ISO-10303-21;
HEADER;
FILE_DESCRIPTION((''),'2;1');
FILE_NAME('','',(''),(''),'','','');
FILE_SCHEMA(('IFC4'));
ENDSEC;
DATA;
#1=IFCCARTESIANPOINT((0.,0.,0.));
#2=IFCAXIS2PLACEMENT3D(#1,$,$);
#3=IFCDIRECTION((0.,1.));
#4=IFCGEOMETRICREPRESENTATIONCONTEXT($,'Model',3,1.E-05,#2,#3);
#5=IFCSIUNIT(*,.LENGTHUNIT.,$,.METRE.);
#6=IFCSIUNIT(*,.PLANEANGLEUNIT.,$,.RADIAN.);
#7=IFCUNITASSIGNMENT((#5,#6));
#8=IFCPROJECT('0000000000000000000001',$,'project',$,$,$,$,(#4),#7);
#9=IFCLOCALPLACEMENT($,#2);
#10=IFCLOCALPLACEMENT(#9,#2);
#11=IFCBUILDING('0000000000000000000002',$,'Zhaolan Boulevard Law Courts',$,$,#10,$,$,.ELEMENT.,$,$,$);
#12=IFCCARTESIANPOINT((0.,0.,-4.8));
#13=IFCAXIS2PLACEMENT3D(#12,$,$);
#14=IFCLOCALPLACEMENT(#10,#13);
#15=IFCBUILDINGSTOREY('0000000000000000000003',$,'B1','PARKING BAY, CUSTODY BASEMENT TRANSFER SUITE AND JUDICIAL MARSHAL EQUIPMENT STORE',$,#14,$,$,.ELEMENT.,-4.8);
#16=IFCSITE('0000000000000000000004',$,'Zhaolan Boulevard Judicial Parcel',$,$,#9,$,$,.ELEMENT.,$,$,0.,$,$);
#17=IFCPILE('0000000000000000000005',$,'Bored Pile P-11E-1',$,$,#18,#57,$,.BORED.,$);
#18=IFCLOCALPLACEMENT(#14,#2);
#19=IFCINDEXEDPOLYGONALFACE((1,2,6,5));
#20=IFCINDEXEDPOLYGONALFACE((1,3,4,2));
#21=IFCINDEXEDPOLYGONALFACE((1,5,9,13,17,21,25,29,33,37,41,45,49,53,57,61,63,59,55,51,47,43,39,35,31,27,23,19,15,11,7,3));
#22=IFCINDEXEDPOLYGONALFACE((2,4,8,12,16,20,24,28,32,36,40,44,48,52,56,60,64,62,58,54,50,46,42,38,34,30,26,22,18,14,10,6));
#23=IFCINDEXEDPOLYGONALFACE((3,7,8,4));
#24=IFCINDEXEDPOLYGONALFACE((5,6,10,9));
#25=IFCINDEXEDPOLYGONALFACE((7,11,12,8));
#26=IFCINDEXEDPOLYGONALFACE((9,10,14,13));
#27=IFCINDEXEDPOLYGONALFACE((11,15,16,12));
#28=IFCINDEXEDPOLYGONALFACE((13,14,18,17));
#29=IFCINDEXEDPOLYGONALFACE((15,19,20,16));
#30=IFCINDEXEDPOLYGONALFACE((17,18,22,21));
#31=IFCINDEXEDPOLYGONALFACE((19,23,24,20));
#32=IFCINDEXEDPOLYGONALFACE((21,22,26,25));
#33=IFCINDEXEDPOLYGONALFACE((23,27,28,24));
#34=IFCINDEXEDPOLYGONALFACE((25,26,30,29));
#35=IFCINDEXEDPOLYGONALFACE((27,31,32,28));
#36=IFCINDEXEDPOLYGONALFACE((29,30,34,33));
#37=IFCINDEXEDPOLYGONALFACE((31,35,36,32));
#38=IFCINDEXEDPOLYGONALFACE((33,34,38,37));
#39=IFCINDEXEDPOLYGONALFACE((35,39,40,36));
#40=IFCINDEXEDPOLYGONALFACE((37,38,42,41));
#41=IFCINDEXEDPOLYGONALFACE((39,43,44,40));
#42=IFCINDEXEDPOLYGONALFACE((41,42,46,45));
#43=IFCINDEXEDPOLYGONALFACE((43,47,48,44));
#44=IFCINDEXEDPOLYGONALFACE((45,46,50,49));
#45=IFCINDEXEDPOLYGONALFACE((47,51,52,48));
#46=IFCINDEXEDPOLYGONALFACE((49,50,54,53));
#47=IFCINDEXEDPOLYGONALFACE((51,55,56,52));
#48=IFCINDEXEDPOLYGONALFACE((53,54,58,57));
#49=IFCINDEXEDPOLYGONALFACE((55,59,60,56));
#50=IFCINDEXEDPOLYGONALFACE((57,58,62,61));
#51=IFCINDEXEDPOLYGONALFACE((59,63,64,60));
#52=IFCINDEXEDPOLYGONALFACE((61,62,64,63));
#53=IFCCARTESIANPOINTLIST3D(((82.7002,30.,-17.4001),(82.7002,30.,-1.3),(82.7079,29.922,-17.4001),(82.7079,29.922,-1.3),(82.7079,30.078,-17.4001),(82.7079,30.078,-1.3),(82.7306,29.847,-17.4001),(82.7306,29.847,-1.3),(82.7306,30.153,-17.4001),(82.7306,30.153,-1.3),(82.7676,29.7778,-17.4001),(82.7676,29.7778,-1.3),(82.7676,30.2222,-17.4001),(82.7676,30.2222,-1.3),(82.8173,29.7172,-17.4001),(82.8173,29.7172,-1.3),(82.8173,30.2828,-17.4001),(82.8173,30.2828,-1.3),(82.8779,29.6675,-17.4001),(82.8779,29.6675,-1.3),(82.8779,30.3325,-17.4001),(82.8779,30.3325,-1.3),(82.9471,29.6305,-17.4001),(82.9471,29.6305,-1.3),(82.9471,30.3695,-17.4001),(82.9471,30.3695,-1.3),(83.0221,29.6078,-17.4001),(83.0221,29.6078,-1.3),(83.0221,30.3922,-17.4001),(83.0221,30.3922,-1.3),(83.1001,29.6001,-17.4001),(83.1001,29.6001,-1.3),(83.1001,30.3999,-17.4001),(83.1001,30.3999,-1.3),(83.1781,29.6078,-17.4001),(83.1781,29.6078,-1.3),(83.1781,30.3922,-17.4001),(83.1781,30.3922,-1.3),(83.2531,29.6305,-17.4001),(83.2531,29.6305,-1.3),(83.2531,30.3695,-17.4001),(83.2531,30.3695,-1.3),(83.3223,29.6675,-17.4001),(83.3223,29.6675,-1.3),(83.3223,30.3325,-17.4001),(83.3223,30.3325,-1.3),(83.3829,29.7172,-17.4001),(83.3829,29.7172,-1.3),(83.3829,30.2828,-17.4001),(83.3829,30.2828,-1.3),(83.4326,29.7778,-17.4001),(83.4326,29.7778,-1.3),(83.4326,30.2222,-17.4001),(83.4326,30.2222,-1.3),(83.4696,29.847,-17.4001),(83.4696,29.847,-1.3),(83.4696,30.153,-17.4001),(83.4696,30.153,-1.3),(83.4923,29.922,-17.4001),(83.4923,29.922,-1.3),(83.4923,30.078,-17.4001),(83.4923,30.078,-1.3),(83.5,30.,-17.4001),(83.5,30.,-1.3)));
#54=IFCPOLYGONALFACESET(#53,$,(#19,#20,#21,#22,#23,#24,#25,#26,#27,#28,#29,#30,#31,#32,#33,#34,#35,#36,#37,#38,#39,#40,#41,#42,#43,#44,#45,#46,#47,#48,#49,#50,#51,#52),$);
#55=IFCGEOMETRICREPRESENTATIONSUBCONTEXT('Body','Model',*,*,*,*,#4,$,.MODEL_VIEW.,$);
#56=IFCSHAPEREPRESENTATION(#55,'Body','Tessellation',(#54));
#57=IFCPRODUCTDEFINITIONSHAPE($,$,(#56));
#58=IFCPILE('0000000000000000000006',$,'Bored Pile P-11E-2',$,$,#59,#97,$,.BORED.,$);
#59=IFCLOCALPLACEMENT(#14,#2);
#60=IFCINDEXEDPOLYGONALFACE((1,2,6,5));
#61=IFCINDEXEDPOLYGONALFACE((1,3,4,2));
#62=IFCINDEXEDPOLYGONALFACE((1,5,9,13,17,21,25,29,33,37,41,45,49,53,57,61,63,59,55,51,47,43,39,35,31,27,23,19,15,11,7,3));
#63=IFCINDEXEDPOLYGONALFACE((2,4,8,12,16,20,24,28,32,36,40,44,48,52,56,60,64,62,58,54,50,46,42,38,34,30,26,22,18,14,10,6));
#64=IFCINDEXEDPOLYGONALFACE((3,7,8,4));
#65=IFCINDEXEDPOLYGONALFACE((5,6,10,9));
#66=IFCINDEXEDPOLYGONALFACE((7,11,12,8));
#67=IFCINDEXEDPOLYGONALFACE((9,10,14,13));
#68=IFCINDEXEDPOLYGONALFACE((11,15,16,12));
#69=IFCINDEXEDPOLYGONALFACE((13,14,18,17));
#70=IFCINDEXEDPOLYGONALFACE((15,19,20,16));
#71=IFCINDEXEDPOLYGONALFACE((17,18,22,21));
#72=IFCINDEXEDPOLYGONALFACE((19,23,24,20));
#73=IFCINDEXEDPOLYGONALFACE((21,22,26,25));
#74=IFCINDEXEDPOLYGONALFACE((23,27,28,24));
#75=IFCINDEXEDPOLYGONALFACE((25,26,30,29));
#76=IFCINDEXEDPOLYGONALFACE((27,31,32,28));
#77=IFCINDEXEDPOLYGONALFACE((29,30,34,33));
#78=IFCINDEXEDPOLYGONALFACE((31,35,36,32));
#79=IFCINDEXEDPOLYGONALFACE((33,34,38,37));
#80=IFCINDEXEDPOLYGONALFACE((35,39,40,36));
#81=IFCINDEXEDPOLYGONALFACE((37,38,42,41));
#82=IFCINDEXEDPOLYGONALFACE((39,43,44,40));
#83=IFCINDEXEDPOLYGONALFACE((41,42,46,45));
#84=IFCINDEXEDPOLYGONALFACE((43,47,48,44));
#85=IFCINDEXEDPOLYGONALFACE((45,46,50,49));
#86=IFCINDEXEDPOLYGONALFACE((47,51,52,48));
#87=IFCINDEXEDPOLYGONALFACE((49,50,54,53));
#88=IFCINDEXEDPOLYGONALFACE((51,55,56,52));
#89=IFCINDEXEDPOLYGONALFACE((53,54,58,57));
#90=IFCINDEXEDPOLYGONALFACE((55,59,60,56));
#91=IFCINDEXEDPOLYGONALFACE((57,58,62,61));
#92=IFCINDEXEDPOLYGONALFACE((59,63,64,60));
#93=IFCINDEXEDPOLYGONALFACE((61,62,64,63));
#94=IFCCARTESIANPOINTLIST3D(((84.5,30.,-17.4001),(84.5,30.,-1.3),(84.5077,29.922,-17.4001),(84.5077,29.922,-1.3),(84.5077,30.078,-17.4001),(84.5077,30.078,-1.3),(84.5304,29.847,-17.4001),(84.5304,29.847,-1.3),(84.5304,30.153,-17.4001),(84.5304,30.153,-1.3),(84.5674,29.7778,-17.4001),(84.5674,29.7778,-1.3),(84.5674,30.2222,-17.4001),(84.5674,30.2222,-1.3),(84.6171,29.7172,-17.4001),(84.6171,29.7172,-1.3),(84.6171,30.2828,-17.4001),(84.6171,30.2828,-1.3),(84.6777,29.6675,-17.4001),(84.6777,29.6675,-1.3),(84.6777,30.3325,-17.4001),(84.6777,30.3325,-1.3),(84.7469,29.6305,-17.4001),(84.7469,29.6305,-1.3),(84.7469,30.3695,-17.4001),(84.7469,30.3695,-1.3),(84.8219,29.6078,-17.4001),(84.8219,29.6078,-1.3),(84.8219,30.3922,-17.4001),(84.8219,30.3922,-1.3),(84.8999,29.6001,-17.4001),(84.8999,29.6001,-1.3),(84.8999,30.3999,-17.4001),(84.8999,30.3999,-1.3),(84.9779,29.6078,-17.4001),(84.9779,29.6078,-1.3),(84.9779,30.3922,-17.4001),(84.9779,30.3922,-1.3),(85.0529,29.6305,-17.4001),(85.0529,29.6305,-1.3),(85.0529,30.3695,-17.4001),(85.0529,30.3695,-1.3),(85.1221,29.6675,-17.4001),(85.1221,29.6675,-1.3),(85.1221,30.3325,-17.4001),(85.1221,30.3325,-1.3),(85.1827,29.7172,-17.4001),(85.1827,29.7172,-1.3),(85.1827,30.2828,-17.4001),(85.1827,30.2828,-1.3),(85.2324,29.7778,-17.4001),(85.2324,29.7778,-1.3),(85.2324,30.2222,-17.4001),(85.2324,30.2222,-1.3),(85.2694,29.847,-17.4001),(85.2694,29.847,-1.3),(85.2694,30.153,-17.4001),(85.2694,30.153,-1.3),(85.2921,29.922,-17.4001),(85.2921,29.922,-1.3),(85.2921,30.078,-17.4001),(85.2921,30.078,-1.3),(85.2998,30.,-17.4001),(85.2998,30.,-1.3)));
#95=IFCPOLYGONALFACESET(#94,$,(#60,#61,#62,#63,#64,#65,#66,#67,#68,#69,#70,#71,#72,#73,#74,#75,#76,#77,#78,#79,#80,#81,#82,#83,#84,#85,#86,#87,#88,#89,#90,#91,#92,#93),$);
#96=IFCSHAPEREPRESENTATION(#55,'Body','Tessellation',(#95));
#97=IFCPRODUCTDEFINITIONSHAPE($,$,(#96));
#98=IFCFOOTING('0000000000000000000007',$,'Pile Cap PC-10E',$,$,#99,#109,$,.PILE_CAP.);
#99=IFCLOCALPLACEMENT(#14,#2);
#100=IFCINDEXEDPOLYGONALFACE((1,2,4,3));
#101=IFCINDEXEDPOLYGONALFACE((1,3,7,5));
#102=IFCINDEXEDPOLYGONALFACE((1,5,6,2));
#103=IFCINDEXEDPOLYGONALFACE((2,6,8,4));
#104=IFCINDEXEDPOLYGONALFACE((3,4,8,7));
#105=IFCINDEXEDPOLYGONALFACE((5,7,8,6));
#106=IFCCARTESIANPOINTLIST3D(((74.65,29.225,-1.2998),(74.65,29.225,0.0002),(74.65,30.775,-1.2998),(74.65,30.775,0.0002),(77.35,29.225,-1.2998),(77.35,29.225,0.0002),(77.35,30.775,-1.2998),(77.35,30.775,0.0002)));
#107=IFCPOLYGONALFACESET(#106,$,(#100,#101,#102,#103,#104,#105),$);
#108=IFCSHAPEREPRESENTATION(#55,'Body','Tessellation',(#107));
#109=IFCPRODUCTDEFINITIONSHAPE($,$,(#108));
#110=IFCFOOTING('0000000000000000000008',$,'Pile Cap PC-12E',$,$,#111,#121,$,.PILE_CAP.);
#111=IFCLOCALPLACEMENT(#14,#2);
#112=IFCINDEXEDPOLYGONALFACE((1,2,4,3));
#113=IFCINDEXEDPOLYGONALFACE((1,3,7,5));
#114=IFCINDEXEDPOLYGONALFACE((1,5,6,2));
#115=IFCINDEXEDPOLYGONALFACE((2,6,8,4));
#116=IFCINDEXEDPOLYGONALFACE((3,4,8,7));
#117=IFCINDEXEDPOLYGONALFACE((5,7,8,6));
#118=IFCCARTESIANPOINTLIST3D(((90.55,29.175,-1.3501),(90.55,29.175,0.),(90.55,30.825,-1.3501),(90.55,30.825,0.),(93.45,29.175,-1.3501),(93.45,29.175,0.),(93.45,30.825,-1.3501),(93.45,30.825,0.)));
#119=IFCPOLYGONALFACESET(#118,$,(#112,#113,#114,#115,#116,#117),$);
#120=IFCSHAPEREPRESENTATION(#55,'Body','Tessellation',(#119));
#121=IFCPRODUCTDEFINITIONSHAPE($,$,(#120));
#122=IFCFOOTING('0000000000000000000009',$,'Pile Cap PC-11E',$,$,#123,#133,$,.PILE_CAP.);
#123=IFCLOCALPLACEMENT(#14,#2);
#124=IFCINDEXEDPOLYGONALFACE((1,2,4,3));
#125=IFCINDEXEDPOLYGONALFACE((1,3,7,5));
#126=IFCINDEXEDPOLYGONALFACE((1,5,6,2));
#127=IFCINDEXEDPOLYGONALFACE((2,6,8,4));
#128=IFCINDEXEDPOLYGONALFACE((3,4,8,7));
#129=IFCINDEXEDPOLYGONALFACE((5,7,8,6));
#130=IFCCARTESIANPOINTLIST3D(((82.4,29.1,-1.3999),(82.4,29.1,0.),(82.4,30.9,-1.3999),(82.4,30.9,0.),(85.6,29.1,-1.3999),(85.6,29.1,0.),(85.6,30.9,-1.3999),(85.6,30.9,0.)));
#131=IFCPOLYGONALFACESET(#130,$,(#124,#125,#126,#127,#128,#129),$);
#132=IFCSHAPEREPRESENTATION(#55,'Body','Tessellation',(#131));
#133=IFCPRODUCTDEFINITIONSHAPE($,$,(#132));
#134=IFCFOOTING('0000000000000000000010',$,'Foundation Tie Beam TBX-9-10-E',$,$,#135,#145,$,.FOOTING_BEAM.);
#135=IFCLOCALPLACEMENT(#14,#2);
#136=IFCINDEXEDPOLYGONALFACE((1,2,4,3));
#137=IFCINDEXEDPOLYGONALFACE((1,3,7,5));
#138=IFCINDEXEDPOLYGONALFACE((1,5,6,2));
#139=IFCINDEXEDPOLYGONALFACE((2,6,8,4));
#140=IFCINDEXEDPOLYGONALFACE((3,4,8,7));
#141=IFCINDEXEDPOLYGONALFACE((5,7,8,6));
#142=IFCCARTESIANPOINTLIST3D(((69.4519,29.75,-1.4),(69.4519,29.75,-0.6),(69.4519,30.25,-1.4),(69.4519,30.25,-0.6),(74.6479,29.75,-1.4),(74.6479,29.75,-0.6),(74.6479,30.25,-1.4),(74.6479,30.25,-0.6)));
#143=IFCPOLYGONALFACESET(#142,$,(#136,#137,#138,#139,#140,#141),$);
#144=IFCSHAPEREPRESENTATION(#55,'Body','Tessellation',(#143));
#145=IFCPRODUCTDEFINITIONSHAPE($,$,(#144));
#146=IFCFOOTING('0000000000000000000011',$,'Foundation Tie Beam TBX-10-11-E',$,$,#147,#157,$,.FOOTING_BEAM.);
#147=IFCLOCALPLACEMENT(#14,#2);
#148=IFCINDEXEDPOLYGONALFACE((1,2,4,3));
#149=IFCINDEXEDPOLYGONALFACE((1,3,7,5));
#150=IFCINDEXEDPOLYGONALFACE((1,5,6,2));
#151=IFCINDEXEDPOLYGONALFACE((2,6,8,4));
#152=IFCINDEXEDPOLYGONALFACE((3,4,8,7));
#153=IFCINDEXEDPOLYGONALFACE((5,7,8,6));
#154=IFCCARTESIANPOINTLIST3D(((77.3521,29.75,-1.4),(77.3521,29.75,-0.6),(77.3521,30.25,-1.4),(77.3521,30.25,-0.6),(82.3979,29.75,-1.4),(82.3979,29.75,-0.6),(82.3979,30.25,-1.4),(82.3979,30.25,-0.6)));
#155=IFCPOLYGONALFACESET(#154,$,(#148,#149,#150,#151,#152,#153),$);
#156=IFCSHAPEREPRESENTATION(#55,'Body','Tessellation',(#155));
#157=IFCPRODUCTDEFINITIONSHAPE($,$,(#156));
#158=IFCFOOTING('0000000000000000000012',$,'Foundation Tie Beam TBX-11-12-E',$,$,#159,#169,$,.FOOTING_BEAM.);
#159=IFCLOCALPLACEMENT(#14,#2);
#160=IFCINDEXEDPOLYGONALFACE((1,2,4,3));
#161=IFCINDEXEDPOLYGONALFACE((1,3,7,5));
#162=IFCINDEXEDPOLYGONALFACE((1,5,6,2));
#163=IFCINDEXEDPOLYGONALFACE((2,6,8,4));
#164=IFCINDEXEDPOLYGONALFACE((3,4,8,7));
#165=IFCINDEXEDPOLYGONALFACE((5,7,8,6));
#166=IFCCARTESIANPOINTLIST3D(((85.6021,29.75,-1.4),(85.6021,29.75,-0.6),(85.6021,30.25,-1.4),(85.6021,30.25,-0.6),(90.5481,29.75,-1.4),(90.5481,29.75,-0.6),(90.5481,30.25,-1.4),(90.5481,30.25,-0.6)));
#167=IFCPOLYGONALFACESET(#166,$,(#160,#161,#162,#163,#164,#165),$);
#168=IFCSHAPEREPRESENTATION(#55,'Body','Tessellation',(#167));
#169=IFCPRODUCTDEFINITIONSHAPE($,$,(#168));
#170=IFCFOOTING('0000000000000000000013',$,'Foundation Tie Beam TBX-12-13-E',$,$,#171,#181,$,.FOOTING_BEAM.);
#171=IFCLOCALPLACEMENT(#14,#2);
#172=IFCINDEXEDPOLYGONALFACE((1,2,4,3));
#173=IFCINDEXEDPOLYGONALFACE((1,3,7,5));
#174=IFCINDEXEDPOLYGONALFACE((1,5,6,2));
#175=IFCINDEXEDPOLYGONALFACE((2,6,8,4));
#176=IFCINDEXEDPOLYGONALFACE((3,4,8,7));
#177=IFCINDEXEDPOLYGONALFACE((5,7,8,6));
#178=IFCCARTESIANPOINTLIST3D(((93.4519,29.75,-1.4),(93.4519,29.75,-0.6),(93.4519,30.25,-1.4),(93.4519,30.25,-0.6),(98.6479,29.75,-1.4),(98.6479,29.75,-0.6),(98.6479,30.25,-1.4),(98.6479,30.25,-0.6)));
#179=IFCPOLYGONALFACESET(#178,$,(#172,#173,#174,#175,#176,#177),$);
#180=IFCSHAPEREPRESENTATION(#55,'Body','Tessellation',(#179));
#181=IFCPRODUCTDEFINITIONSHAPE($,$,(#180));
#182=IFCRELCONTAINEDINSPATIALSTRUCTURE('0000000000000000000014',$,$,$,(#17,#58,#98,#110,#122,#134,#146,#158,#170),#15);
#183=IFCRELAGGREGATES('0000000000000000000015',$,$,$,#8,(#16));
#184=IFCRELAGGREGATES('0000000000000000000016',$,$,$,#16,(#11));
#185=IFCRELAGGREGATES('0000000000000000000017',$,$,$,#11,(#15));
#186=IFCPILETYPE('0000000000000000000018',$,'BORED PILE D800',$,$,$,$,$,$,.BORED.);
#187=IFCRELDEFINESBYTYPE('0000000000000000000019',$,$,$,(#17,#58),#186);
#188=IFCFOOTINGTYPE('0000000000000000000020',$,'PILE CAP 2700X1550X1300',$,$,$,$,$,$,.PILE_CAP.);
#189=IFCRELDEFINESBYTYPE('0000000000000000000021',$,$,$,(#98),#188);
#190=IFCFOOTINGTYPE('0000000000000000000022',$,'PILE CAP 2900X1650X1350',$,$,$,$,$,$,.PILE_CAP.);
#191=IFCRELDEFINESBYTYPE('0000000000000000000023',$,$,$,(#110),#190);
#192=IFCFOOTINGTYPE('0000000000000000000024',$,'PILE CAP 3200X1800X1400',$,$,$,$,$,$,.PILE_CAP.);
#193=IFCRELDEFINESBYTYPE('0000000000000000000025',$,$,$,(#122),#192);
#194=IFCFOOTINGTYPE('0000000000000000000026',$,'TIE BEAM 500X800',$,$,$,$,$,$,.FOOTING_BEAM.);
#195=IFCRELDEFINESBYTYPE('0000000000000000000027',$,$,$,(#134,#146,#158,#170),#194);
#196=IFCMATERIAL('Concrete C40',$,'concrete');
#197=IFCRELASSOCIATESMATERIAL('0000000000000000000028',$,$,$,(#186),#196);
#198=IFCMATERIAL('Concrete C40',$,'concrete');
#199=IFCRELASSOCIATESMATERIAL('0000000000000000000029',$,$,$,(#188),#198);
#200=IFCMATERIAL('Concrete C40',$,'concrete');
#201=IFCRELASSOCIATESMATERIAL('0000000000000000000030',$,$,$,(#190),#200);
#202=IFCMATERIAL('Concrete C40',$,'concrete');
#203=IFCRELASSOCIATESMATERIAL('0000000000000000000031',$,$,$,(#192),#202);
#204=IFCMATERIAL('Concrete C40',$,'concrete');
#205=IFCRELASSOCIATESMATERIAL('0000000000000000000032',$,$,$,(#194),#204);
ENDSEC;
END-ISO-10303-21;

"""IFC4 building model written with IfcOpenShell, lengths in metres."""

from ifc_helpers import new_model, si_unit, direction, frame, origin, origin_2d, place, context, subcontext, project, spatial, rectangle, circle, extrude, material, material_profile, profile_set, type_object, element, save


model = new_model("IFC4")

# Units and contexts
model_context = context("Model", 3, precision=1e-05, world=origin(), true_north=direction((0.0, 1.0)))
body_context = subcontext(model_context, "Body", "Model", "MODEL_VIEW")
ifc_project = project(units=[si_unit("LENGTHUNIT", "METRE"), si_unit("PLANEANGLEUNIT", "RADIAN")], contexts=[model_context])

# Site, building, storey
site_placement = place(None, origin())
site = spatial("IfcSite", under=ifc_project, at=site_placement, Name="Zhaolan Boulevard Judicial Parcel", CompositionType="ELEMENT", RefElevation=0.0)
building_placement = place(site_placement, origin())
building = spatial("IfcBuilding", under=site, at=building_placement, Name="Zhaolan Boulevard Law Courts", CompositionType="ELEMENT")
storey_placement = place(building_placement, frame((0.0, 0.0, -4.8)))
storey = spatial("IfcBuildingStorey", under=building, at=storey_placement, Name="B1", Description="PARKING BAY, CUSTODY BASEMENT TRANSFER SUITE AND JUDICIAL MARSHAL EQUIPMENT STORE", CompositionType="ELEMENT", Elevation=-4.8)

# Piles
ifc_material_1 = material(Name="Concrete C40", Category="concrete")
ifc_material_profile_1 = material_profile(ifc_material_1, circle(Radius=0.3999, at=origin_2d()), Name="PILE-D800")
ifc_profile_set_1 = profile_set([ifc_material_profile_1], Name="Concrete C40")
pile_type_1 = type_object("IfcPileType", Name="BORED PILE D800", PredefinedType="BORED", material=ifc_profile_set_1)
for number, where, z_axis, x_axis, name in (
    (1, (83.1001, 30.0, -1.3), (0.0, 0.0, -1.0), (1.0, 0.0, 0.0), "Bored Pile P-11E-1"),
    (2, (84.8999, 30.0, -1.3), (0.0, 0.0, -1.0), (1.0, 0.0, 0.0), "Bored Pile P-11E-2"),
):
    element("IfcPile", number, at=place(storey_placement, frame(where, z_axis=z_axis, x_axis=x_axis)), inside=storey, type_object=pile_type_1, Name=name, PredefinedType="BORED", context=body_context, shape_type="SweptSolid", body=[
        extrude(circle(Radius=0.3999, at=origin_2d()), origin(), (0.0, 0.0, 1.0), 16.1001),
    ])

# Footings
ifc_material_2 = material(Name="Concrete C40", Category="concrete")
footing_type_1 = type_object("IfcFootingType", Name="PILE CAP 2700X1550X1300", PredefinedType="PILE_CAP", material=ifc_material_2)
footing_1_placement = place(storey_placement, frame((76.0, 30.0, -1.2998), z_axis=(0.0, 0.0, 1.0), x_axis=(1.0, 0.0, 0.0)))
element("IfcFooting", 3, at=footing_1_placement, inside=storey, type_object=footing_type_1, Name="Pile Cap PC-10E", PredefinedType="PILE_CAP", context=body_context, shape_type="SweptSolid", body=[
    extrude(rectangle(XDim=2.7, YDim=1.55, at=origin_2d()), origin(), (0.0, 0.0, 1.0), 1.3),
])
ifc_material_3 = material(Name="Concrete C40", Category="concrete")
footing_type_2 = type_object("IfcFootingType", Name="PILE CAP 2900X1650X1350", PredefinedType="PILE_CAP", material=ifc_material_3)
footing_2_placement = place(storey_placement, frame((92.0, 30.0, -1.3501), z_axis=(0.0, 0.0, 1.0), x_axis=(1.0, 0.0, 0.0)))
element("IfcFooting", 4, at=footing_2_placement, inside=storey, type_object=footing_type_2, Name="Pile Cap PC-12E", PredefinedType="PILE_CAP", context=body_context, shape_type="SweptSolid", body=[
    extrude(rectangle(XDim=2.8999, YDim=1.6499, at=origin_2d()), origin(), (0.0, 0.0, 1.0), 1.3501),
])
ifc_material_4 = material(Name="Concrete C40", Category="concrete")
footing_type_3 = type_object("IfcFootingType", Name="PILE CAP 3200X1800X1400", PredefinedType="PILE_CAP", material=ifc_material_4)
footing_3_placement = place(storey_placement, frame((84.0, 30.0, -1.3999), z_axis=(0.0, 0.0, 1.0), x_axis=(1.0, 0.0, 0.0)))
element("IfcFooting", 5, at=footing_3_placement, inside=storey, type_object=footing_type_3, Name="Pile Cap PC-11E", PredefinedType="PILE_CAP", context=body_context, shape_type="SweptSolid", body=[
    extrude(rectangle(XDim=3.2, YDim=1.8, at=origin_2d()), origin(), (0.0, 0.0, 1.0), 1.3999),
])
ifc_material_5 = material(Name="Concrete C40", Category="concrete")
ifc_material_profile_2 = material_profile(ifc_material_5, rectangle(XDim=0.5, YDim=0.8, at=origin_2d()), Name="RC500x800")
ifc_profile_set_2 = profile_set([ifc_material_profile_2], Name="Concrete C40")
footing_type_4 = type_object("IfcFootingType", Name="TIE BEAM 500X800", PredefinedType="FOOTING_BEAM", material=ifc_profile_set_2)
footing_4_placement = place(storey_placement, frame((69.4519, 30.0, -1.0), z_axis=(1.0, 0.0, 0.0), x_axis=(0.0, 1.0, 0.0)))
element("IfcFooting", 6, at=footing_4_placement, inside=storey, type_object=footing_type_4, Name="Foundation Tie Beam TBX-9-10-E", PredefinedType="FOOTING_BEAM", context=body_context, shape_type="SweptSolid", body=[
    extrude(rectangle(XDim=0.5, YDim=0.8, at=origin_2d()), origin(), (0.0, 0.0, 1.0), 5.196),
])
footing_5_placement = place(storey_placement, frame((77.3521, 30.0, -1.0), z_axis=(1.0, 0.0, 0.0), x_axis=(0.0, 1.0, 0.0)))
element("IfcFooting", 7, at=footing_5_placement, inside=storey, type_object=footing_type_4, Name="Foundation Tie Beam TBX-10-11-E", PredefinedType="FOOTING_BEAM", context=body_context, shape_type="SweptSolid", body=[
    extrude(rectangle(XDim=0.5, YDim=0.8, at=origin_2d()), origin(), (0.0, 0.0, 1.0), 5.0459),
])
footing_6_placement = place(storey_placement, frame((85.6021, 30.0, -1.0), z_axis=(1.0, 0.0, 0.0), x_axis=(0.0, 1.0, 0.0)))
element("IfcFooting", 8, at=footing_6_placement, inside=storey, type_object=footing_type_4, Name="Foundation Tie Beam TBX-11-12-E", PredefinedType="FOOTING_BEAM", context=body_context, shape_type="SweptSolid", body=[
    extrude(rectangle(XDim=0.5, YDim=0.8, at=origin_2d()), origin(), (0.0, 0.0, 1.0), 4.946),
])
footing_7_placement = place(storey_placement, frame((93.4519, 30.0, -1.0), z_axis=(1.0, 0.0, 0.0), x_axis=(0.0, 1.0, 0.0)))
element("IfcFooting", 9, at=footing_7_placement, inside=storey, type_object=footing_type_4, Name="Foundation Tie Beam TBX-12-13-E", PredefinedType="FOOTING_BEAM", context=body_context, shape_type="SweptSolid", body=[
    extrude(rectangle(XDim=0.5, YDim=0.8, at=origin_2d()), origin(), (0.0, 0.0, 1.0), 5.196),
])

save(model, "model.ifc")
